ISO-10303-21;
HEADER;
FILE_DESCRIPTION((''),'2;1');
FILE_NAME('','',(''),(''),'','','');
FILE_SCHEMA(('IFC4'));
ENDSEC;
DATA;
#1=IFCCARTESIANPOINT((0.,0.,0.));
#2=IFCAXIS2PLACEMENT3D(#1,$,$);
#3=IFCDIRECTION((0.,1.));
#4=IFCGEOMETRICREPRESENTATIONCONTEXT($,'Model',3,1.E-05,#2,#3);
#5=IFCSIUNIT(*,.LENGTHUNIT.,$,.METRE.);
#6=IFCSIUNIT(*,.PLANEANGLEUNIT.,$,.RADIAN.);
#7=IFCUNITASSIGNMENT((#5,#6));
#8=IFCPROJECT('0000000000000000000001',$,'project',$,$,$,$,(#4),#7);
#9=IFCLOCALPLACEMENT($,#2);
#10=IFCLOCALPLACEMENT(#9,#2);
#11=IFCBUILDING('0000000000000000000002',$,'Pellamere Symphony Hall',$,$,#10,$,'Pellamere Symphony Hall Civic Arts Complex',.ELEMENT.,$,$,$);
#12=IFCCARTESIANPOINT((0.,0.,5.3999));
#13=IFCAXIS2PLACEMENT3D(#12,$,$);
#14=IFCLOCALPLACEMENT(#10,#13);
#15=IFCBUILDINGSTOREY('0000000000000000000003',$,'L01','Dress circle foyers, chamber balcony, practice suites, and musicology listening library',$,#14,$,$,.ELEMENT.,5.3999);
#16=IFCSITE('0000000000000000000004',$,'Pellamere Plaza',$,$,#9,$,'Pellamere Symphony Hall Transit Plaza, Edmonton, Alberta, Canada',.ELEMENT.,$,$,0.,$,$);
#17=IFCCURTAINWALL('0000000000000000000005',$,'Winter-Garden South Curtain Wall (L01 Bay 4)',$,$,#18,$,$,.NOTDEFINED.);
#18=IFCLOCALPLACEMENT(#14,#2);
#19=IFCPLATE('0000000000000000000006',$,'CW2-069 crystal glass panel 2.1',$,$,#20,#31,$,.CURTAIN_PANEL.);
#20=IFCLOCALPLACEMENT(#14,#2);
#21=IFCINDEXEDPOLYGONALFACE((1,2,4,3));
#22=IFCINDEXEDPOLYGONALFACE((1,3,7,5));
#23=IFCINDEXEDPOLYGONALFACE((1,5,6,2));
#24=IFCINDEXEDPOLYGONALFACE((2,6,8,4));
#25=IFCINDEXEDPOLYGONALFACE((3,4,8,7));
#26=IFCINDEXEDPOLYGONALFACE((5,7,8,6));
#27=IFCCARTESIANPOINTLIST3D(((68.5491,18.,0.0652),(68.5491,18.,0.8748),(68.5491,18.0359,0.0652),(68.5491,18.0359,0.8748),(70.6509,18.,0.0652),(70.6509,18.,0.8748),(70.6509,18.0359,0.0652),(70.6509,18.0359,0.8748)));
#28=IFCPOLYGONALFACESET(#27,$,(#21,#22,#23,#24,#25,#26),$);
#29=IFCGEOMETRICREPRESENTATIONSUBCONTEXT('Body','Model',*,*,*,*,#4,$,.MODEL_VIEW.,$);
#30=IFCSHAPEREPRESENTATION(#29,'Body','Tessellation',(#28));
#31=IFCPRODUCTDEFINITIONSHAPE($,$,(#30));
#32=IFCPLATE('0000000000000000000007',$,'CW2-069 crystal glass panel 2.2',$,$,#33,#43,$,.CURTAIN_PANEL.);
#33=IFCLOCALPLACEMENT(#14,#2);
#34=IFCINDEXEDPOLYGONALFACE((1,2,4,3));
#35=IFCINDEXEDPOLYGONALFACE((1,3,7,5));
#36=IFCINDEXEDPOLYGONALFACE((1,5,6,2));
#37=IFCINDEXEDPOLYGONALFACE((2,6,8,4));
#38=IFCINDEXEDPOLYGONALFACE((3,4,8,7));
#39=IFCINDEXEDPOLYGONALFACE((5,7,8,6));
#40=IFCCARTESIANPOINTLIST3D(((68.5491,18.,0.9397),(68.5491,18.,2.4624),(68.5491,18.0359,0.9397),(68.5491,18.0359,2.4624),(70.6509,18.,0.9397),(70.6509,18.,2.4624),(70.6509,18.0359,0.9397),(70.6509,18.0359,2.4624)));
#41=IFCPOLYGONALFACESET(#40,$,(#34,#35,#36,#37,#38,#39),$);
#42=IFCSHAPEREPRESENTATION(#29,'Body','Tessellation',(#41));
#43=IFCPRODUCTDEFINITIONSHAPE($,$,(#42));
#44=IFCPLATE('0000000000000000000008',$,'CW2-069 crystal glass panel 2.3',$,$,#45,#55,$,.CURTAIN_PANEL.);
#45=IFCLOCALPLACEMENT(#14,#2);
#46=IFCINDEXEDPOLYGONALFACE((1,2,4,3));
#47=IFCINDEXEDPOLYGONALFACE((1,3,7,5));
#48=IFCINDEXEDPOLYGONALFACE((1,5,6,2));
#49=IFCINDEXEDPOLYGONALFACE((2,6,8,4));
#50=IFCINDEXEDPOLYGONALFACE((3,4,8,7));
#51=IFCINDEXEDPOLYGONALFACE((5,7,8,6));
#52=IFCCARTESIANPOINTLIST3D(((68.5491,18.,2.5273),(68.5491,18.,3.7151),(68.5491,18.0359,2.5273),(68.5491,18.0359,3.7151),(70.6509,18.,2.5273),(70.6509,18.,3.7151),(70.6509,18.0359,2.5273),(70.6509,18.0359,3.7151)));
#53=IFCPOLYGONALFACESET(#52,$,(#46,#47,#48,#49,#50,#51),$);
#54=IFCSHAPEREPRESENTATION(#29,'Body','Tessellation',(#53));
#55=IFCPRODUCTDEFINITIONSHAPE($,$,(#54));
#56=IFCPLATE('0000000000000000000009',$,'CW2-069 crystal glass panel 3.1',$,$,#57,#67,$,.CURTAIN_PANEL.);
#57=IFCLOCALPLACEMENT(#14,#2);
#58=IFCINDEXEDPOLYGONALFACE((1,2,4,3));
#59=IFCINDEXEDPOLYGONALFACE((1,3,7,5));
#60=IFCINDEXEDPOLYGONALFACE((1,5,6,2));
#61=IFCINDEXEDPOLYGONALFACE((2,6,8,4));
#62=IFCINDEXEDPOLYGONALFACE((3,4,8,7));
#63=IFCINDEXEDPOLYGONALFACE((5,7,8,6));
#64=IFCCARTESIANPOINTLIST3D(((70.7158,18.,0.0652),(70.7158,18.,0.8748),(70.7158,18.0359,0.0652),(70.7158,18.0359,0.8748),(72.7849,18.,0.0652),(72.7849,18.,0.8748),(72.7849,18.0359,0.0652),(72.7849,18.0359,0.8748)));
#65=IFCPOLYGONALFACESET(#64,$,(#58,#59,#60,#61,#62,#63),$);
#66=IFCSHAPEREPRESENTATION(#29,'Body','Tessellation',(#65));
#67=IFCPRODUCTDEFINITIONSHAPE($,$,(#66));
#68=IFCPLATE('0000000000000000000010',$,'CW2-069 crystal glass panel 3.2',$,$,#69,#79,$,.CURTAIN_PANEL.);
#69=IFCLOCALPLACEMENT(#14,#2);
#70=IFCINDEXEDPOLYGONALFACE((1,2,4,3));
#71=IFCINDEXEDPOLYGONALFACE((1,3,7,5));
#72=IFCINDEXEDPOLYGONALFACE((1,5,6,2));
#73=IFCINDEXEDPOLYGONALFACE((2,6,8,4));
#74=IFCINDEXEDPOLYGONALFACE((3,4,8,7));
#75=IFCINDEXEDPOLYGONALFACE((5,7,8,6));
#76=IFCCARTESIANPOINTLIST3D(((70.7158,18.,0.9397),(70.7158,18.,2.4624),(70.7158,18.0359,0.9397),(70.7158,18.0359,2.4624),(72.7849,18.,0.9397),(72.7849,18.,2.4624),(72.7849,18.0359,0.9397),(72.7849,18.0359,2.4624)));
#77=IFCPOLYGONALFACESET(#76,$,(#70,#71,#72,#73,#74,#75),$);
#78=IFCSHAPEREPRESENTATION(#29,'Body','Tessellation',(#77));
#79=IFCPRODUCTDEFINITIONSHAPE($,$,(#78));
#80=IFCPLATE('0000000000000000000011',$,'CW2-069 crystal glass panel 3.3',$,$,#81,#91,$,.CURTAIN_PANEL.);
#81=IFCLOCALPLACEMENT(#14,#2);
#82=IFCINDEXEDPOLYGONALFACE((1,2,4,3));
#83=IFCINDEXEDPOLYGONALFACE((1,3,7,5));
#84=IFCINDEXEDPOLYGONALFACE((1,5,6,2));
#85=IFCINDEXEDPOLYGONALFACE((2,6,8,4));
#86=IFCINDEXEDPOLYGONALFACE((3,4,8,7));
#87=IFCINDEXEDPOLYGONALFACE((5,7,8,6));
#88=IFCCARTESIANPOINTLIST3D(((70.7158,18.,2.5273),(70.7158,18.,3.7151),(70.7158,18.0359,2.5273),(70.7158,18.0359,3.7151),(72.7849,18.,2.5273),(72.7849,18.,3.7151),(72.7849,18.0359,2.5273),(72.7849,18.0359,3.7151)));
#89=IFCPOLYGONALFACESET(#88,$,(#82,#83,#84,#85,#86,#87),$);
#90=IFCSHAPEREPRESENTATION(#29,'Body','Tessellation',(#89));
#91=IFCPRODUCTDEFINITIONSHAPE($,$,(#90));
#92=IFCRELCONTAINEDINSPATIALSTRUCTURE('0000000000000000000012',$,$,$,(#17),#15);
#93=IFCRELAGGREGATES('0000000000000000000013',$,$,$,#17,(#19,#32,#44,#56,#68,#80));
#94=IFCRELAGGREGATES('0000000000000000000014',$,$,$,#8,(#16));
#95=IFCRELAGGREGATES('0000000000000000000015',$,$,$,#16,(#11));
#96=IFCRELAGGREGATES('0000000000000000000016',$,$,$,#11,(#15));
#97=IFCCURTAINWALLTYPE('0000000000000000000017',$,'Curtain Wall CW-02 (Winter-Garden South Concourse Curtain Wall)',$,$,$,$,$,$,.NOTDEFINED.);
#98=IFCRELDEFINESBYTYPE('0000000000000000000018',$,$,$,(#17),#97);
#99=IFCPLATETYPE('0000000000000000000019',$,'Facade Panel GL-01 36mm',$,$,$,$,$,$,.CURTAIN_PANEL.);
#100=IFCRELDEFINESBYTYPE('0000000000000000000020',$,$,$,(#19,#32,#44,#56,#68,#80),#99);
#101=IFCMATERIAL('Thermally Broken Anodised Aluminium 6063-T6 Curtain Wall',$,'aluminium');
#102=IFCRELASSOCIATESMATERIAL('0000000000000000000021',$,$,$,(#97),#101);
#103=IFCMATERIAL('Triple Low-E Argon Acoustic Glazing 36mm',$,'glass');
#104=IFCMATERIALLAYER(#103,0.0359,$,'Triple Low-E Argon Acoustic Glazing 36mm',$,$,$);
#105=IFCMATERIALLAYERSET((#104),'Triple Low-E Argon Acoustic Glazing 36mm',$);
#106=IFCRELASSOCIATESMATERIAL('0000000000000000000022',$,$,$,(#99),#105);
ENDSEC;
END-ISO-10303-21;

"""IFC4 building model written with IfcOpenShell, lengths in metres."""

from ifc_helpers import new_model, si_unit, direction, frame, origin, place, context, subcontext, project, spatial, polyline, outline, extrude, material, layer, layer_set, type_object, element, aggregate, save


model = new_model("IFC4")

# Units and contexts
model_context = context("Model", 3, precision=1e-05, world=origin(), true_north=direction((0.0, 1.0)))
body_context = subcontext(model_context, "Body", "Model", "MODEL_VIEW")
ifc_project = project(units=[si_unit("LENGTHUNIT", "METRE"), si_unit("PLANEANGLEUNIT", "RADIAN")], contexts=[model_context])

# Site, building, storey
site_placement = place(None, origin())
site = spatial("IfcSite", under=ifc_project, at=site_placement, Name="Pellamere Plaza", LongName="Pellamere Symphony Hall Transit Plaza, Edmonton, Alberta, Canada", CompositionType="ELEMENT", RefElevation=0.0)
building_placement = place(site_placement, origin())
building = spatial("IfcBuilding", under=site, at=building_placement, Name="Pellamere Symphony Hall", LongName="Pellamere Symphony Hall Civic Arts Complex", CompositionType="ELEMENT")
storey_placement = place(building_placement, frame((0.0, 0.0, 5.3999)))
storey = spatial("IfcBuildingStorey", under=building, at=storey_placement, Name="L01", Description="Dress circle foyers, chamber balcony, practice suites, and musicology listening library", CompositionType="ELEMENT", Elevation=5.3999)

# Curtain wall
ifc_material_1 = material(Name="Thermally Broken Anodised Aluminium 6063-T6 Curtain Wall", Category="aluminium")
curtain_wall_type = type_object("IfcCurtainWallType", Name="Curtain Wall CW-02 (Winter-Garden South Concourse Curtain Wall)", PredefinedType="NOTDEFINED", material=ifc_material_1)
curtain_wall_placement = place(storey_placement, origin())
curtain_wall = element("IfcCurtainWall", 1, at=curtain_wall_placement, inside=storey, type_object=curtain_wall_type, Name="Winter-Garden South Curtain Wall (L01 Bay 4)", PredefinedType="NOTDEFINED")

# Plates
ifc_material_2 = material(Name="Triple Low-E Argon Acoustic Glazing 36mm", Category="glass")
ifc_layer = layer(ifc_material_2, 0.0359, Name="Triple Low-E Argon Acoustic Glazing 36mm")
ifc_layer_set = layer_set([ifc_layer], Name="Triple Low-E Argon Acoustic Glazing 36mm")
plate_type = type_object("IfcPlateType", Name="Facade Panel GL-01 36mm", PredefinedType="CURTAIN_PANEL", material=ifc_layer_set)
plate_1_placement = place(storey_placement, frame((68.5491, 18.0, 0.0652), z_axis=(0.0, -1.0, 0.0), x_axis=(1.0, 0.0, 0.0)))
plate_1 = element("IfcPlate", 2, at=plate_1_placement, type_object=plate_type, Name="CW2-069 crystal glass panel 2.1", PredefinedType="CURTAIN_PANEL", context=body_context, shape_type="SweptSolid", body=[
    extrude(outline(polyline([(0.0, 0.0), (2.1018, 0.0), (2.1018, 0.8096), (0.0, 0.8096), (0.0, 0.0)])), origin(), (0.0, 0.0, -1.0), 0.0359),
])
plate_2_placement = place(storey_placement, frame((68.5491, 18.0, 0.9397), z_axis=(0.0, -1.0, 0.0), x_axis=(1.0, 0.0, 0.0)))
plate_2 = element("IfcPlate", 3, at=plate_2_placement, type_object=plate_type, Name="CW2-069 crystal glass panel 2.2", PredefinedType="CURTAIN_PANEL", context=body_context, shape_type="SweptSolid", body=[
    extrude(outline(polyline([(0.0, 0.0), (2.1018, 0.0), (2.1018, 1.5227), (0.0, 1.5227), (0.0, 0.0)])), origin(), (0.0, 0.0, -1.0), 0.0359),
])
plate_3_placement = place(storey_placement, frame((68.5491, 18.0, 2.5273), z_axis=(0.0, -1.0, 0.0), x_axis=(1.0, 0.0, 0.0)))
plate_3 = element("IfcPlate", 4, at=plate_3_placement, type_object=plate_type, Name="CW2-069 crystal glass panel 2.3", PredefinedType="CURTAIN_PANEL", context=body_context, shape_type="SweptSolid", body=[
    extrude(outline(polyline([(0.0, 0.0), (2.1018, 0.0), (2.1018, 1.1877), (0.0, 1.1877), (0.0, 0.0)])), origin(), (0.0, 0.0, -1.0), 0.0359),
])
plate_4_placement = place(storey_placement, frame((70.7158, 18.0, 0.0652), z_axis=(0.0, -1.0, 0.0), x_axis=(1.0, 0.0, 0.0)))
plate_4 = element("IfcPlate", 5, at=plate_4_placement, type_object=plate_type, Name="CW2-069 crystal glass panel 3.1", PredefinedType="CURTAIN_PANEL", context=body_context, shape_type="SweptSolid", body=[
    extrude(outline(polyline([(0.0, 0.0), (2.0691, 0.0), (2.0691, 0.8096), (0.0, 0.8096), (0.0, 0.0)])), origin(), (0.0, 0.0, -1.0), 0.0359),
])
plate_5_placement = place(storey_placement, frame((70.7158, 18.0, 0.9397), z_axis=(0.0, -1.0, 0.0), x_axis=(1.0, 0.0, 0.0)))
plate_5 = element("IfcPlate", 6, at=plate_5_placement, type_object=plate_type, Name="CW2-069 crystal glass panel 3.2", PredefinedType="CURTAIN_PANEL", context=body_context, shape_type="SweptSolid", body=[
    extrude(outline(polyline([(0.0, 0.0), (2.0691, 0.0), (2.0691, 1.5227), (0.0, 1.5227), (0.0, 0.0)])), origin(), (0.0, 0.0, -1.0), 0.0359),
])
plate_6_placement = place(storey_placement, frame((70.7158, 18.0, 2.5273), z_axis=(0.0, -1.0, 0.0), x_axis=(1.0, 0.0, 0.0)))
plate_6 = element("IfcPlate", 7, at=plate_6_placement, type_object=plate_type, Name="CW2-069 crystal glass panel 3.3", PredefinedType="CURTAIN_PANEL", context=body_context, shape_type="SweptSolid", body=[
    extrude(outline(polyline([(0.0, 0.0), (2.0691, 0.0), (2.0691, 1.1877), (0.0, 1.1877), (0.0, 0.0)])), origin(), (0.0, 0.0, -1.0), 0.0359),
])
aggregate(curtain_wall, [plate_1, plate_2, plate_3, plate_4, plate_5, plate_6])

save(model, "model.ifc")
